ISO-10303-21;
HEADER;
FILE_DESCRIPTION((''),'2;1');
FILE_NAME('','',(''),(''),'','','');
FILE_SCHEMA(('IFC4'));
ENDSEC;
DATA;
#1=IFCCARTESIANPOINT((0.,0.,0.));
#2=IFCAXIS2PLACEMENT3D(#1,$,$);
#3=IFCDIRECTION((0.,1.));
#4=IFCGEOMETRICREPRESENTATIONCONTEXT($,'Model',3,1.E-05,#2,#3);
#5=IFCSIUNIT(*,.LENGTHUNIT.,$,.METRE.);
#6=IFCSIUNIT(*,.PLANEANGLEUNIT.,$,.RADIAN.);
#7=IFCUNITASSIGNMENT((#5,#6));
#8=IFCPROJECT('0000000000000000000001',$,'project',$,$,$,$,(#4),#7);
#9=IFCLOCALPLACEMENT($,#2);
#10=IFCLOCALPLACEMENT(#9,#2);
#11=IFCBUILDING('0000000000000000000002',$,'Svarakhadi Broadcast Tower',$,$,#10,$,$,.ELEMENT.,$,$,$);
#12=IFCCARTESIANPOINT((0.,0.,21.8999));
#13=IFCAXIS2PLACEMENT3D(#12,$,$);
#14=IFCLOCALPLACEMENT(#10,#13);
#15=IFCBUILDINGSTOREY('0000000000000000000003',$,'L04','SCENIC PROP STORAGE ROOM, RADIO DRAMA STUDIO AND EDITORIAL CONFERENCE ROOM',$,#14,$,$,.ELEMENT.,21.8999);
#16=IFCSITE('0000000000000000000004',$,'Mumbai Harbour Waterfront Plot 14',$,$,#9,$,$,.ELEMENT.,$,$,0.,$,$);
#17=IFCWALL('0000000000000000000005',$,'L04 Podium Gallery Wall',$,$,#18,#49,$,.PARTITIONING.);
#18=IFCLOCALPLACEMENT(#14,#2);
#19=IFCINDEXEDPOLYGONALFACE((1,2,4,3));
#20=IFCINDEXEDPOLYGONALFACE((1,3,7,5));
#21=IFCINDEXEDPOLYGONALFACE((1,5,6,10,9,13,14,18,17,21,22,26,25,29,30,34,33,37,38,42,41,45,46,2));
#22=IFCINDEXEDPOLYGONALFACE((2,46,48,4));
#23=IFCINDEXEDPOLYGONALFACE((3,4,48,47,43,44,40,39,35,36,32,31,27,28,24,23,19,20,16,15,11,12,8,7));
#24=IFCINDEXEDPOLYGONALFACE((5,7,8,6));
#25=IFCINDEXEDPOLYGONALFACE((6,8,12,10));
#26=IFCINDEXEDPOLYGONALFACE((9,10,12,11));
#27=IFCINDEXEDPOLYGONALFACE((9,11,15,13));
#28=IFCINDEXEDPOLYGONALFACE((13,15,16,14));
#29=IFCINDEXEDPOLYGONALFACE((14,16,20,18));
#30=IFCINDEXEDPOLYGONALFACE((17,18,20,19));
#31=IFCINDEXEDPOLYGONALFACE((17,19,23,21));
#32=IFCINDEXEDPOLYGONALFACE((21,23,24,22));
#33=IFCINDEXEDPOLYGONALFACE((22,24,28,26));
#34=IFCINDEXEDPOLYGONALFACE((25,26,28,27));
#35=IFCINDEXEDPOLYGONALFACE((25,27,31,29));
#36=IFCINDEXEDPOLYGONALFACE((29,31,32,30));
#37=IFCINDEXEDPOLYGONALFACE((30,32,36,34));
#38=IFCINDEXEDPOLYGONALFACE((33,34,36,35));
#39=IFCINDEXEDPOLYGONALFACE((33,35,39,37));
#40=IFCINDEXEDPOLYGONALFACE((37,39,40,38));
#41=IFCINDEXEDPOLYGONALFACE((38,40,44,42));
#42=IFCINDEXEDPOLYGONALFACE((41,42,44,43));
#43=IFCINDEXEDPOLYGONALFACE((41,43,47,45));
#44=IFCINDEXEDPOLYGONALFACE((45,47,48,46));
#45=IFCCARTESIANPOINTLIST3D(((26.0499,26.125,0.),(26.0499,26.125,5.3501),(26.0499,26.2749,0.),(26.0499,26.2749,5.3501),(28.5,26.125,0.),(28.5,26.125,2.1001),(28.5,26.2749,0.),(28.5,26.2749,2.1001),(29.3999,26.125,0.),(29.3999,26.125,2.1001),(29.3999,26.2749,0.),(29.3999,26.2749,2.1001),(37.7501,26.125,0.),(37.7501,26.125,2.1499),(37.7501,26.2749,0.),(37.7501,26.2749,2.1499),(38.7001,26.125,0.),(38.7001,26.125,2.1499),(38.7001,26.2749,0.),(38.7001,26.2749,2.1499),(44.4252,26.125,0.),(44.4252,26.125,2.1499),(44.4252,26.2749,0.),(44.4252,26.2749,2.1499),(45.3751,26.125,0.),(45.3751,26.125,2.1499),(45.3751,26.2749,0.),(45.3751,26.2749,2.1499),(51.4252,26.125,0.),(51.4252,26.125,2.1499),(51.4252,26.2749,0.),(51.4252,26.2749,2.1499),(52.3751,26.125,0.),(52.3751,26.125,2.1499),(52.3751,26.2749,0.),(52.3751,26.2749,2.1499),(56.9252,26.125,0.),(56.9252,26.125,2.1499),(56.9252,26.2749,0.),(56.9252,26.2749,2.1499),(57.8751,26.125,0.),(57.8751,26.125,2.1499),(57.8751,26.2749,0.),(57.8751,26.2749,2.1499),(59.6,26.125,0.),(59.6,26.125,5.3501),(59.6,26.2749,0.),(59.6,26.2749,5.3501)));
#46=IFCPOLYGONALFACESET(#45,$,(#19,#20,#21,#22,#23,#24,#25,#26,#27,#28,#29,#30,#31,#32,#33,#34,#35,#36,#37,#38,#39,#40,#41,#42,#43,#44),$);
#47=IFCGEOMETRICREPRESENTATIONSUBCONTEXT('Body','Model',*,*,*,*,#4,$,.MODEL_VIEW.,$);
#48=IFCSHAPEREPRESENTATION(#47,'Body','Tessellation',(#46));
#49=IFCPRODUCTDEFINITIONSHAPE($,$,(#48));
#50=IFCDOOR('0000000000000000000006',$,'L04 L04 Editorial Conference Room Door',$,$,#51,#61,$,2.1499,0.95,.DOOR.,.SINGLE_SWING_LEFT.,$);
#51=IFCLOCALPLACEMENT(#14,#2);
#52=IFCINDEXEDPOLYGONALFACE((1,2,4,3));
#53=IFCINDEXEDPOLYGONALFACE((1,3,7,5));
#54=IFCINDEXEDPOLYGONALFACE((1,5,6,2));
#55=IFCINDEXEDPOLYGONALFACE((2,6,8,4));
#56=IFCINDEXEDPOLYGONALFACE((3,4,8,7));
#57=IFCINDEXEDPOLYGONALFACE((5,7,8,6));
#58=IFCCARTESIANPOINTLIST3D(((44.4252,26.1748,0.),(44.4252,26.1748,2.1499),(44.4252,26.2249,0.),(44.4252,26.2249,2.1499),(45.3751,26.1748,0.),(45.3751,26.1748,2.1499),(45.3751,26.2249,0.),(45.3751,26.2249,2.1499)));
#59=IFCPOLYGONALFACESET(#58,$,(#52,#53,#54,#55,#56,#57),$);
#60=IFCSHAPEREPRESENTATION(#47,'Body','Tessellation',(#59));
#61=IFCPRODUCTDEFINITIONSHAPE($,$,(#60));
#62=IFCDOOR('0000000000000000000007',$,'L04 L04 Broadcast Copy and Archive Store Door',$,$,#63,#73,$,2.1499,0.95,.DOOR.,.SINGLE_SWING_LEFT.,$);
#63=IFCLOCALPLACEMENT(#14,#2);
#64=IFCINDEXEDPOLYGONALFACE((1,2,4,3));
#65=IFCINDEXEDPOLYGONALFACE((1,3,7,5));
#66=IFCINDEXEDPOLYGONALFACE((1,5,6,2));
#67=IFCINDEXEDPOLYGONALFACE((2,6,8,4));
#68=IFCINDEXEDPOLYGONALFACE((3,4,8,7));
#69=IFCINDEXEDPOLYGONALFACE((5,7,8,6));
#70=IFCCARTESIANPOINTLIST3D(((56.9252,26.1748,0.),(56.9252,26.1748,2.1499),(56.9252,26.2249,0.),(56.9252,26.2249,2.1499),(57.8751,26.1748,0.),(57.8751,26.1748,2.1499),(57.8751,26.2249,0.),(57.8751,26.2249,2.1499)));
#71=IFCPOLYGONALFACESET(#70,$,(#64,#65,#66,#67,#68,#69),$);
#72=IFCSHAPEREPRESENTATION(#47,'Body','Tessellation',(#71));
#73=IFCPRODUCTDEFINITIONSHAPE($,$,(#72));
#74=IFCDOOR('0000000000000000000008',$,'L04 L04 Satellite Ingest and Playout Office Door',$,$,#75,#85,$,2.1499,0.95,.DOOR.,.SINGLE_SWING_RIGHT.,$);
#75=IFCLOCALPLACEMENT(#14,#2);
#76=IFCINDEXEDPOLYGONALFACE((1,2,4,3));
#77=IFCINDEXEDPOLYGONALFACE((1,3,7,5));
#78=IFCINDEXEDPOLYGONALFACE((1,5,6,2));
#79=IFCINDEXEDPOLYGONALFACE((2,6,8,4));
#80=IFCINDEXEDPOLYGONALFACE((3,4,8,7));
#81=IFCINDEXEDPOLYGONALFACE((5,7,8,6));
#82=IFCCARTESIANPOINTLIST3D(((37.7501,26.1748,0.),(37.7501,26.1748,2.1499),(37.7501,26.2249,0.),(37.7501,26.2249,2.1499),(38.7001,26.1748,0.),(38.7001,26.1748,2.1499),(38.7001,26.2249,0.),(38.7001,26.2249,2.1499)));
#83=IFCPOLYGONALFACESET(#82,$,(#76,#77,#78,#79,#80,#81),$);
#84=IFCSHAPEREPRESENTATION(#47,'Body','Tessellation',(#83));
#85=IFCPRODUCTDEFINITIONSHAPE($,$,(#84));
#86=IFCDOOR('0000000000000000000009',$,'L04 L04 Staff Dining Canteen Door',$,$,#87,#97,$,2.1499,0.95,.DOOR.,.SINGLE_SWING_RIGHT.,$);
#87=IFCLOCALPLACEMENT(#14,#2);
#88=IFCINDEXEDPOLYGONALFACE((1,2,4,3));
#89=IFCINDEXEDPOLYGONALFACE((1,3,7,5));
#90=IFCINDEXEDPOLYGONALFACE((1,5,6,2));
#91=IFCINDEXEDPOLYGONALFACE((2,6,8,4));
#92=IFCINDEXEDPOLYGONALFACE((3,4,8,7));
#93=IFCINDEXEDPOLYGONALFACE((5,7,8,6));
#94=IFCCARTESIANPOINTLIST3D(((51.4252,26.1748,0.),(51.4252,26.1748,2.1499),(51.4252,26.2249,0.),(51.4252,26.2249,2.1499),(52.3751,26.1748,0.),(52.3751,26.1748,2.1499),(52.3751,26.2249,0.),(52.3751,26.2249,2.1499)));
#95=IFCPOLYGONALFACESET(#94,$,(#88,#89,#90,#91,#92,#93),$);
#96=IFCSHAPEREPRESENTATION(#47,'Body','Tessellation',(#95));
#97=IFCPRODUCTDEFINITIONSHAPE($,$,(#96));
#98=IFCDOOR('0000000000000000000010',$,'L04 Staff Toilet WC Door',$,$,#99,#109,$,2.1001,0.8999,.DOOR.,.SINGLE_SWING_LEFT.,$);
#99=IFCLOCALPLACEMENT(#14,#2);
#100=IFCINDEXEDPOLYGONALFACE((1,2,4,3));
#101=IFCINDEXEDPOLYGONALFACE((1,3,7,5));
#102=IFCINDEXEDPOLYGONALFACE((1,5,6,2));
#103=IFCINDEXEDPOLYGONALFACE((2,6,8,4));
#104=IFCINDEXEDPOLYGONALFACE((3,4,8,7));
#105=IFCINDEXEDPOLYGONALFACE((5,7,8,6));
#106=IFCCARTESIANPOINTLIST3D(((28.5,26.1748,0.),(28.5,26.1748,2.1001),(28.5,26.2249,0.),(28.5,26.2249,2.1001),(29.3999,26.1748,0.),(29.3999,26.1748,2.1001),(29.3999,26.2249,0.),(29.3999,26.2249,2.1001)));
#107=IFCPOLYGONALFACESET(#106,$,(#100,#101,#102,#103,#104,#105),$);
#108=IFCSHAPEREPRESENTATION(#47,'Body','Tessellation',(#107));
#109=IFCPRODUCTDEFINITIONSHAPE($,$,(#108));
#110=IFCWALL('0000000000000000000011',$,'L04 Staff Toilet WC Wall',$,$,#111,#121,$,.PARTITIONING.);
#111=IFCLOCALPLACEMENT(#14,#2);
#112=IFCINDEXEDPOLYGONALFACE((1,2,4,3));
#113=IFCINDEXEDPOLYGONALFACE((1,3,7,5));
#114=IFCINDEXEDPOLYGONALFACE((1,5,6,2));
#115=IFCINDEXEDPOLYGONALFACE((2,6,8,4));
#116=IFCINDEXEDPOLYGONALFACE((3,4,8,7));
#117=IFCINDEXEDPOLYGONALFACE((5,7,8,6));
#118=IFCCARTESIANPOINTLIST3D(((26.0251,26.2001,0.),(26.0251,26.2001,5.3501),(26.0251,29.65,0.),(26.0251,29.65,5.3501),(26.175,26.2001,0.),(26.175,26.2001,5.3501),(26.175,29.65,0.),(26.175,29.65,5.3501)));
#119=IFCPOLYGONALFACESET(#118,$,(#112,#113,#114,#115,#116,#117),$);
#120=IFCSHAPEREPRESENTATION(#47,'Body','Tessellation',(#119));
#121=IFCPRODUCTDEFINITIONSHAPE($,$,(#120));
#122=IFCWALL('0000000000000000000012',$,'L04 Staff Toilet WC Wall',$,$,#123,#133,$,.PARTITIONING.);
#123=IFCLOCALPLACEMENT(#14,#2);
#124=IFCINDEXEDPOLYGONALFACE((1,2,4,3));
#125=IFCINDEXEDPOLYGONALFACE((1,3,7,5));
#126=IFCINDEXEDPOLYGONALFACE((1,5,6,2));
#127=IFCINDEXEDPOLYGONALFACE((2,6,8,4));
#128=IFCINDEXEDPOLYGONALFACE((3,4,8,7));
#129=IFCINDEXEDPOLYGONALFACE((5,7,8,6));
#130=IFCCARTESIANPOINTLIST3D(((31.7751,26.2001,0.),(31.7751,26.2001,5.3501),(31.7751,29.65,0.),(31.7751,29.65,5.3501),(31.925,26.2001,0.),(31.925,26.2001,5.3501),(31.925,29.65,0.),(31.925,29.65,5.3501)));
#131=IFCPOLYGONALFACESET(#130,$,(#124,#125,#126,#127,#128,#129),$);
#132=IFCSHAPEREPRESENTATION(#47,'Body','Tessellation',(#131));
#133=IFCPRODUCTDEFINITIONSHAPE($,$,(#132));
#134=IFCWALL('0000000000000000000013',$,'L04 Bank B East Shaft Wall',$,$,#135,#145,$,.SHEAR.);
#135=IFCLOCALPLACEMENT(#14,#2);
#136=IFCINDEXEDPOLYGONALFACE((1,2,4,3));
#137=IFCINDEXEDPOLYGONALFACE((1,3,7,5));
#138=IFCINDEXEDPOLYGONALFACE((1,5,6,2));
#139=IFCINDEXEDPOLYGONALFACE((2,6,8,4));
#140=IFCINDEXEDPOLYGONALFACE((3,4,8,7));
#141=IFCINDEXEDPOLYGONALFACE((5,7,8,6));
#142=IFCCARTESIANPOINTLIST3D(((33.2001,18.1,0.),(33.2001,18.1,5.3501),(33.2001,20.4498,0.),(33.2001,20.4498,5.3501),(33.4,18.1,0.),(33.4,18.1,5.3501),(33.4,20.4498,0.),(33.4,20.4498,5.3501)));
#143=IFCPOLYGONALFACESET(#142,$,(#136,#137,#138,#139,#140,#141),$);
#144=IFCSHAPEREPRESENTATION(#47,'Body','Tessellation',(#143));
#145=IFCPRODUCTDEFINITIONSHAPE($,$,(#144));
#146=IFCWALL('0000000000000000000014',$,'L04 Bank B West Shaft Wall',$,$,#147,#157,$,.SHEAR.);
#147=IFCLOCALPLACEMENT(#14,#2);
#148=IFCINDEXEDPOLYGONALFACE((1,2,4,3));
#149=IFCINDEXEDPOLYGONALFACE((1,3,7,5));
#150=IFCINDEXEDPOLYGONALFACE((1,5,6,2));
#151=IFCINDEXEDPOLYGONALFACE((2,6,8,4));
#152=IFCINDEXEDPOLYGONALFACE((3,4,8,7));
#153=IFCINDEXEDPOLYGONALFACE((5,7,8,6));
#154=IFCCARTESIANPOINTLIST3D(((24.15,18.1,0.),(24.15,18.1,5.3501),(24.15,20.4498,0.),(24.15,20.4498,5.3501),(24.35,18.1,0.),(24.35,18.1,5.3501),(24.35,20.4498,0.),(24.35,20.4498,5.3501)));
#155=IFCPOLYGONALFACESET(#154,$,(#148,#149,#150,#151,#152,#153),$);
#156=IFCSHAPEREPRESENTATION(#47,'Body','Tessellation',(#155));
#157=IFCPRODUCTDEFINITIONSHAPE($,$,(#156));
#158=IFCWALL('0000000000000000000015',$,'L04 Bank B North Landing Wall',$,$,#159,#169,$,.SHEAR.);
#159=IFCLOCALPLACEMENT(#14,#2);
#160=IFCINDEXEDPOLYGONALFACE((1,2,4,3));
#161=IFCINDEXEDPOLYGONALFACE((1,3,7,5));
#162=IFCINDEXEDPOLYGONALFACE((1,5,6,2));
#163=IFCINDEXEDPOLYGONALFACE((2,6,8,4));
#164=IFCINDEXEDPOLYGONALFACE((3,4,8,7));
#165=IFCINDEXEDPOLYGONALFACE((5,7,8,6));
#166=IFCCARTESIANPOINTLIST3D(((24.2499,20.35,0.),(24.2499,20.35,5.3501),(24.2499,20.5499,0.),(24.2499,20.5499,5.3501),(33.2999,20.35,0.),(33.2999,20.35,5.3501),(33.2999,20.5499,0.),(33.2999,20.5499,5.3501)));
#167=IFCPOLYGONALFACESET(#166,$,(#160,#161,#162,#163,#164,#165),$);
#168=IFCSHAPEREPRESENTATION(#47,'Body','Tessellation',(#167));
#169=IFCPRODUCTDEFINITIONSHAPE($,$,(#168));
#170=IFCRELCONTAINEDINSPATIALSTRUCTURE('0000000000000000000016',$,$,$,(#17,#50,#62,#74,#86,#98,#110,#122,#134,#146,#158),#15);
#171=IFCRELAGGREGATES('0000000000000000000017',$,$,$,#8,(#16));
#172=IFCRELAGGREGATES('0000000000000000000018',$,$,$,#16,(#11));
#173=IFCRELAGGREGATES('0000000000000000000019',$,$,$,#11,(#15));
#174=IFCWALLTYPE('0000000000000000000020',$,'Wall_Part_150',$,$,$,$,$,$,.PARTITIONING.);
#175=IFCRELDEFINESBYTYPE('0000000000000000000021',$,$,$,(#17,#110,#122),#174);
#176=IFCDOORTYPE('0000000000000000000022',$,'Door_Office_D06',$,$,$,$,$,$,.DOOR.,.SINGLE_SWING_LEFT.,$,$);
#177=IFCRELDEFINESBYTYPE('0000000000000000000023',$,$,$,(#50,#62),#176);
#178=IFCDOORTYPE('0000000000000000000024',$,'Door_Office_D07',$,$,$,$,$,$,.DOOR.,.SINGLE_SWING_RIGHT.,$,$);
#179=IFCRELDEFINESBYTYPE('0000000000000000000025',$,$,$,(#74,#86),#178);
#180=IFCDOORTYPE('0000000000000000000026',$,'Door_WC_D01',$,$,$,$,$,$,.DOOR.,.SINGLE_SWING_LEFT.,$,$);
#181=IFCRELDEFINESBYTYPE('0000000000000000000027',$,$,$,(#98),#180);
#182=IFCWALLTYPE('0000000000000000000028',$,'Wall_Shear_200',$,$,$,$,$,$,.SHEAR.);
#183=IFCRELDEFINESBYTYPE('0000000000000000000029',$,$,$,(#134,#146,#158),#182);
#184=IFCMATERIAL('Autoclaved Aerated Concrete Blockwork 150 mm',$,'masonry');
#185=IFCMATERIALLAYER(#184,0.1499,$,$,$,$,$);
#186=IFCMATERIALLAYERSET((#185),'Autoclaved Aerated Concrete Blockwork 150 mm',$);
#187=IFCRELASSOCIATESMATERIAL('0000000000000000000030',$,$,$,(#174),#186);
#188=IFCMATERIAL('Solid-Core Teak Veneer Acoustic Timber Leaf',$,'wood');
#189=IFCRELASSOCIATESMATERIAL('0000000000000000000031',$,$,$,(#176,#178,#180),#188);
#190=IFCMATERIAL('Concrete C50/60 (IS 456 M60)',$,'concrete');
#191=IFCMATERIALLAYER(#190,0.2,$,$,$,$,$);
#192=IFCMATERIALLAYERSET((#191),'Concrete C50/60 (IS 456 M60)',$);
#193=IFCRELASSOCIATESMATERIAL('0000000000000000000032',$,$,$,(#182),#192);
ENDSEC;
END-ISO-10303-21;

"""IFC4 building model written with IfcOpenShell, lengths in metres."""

from ifc_helpers import new_model, si_unit, direction, frame, frame_2d, origin, place, context, subcontext, project, spatial, rectangle, extrude, material, layer, layer_set, type_object, element, fill, save


model = new_model("IFC4")

# Units and contexts
model_context = context("Model", 3, precision=1e-05, world=origin(), true_north=direction((0.0, 1.0)))
body_context = subcontext(model_context, "Body", "Model", "MODEL_VIEW")
ifc_project = project(units=[si_unit("LENGTHUNIT", "METRE"), si_unit("PLANEANGLEUNIT", "RADIAN")], contexts=[model_context])

# Site, building, storey
site_placement = place(None, origin())
site = spatial("IfcSite", under=ifc_project, at=site_placement, Name="Mumbai Harbour Waterfront Plot 14", CompositionType="ELEMENT", RefElevation=0.0)
building_placement = place(site_placement, origin())
building = spatial("IfcBuilding", under=site, at=building_placement, Name="Svarakhadi Broadcast Tower", CompositionType="ELEMENT")
storey_placement = place(building_placement, frame((0.0, 0.0, 21.8999)))
storey = spatial("IfcBuildingStorey", under=building, at=storey_placement, Name="L04", Description="SCENIC PROP STORAGE ROOM, RADIO DRAMA STUDIO AND EDITORIAL CONFERENCE ROOM", CompositionType="ELEMENT", Elevation=21.8999)

# Wall, openings, doors
ifc_material_1 = material(Name="Autoclaved Aerated Concrete Blockwork 150 mm", Category="masonry")
ifc_layer_1 = layer(ifc_material_1, 0.1499)
ifc_layer_set_1 = layer_set([ifc_layer_1], Name="Autoclaved Aerated Concrete Blockwork 150 mm")
wall_type_1 = type_object("IfcWallType", Name="Wall_Part_150", PredefinedType="PARTITIONING", material=ifc_layer_set_1)
wall_1_placement = place(storey_placement, frame((26.05, 26.2, 0.0), z_axis=(0.0, 0.0, 1.0), x_axis=(1.0, 0.0, 0.0)))
wall_1 = element("IfcWall", 1, at=wall_1_placement, inside=storey, type_object=wall_type_1, Name="L04 Podium Gallery Wall", PredefinedType="PARTITIONING", context=body_context, shape_type="SweptSolid", body=[
    extrude(rectangle(XDim=33.55, YDim=0.1499, at=frame_2d((16.7749, 0.0))), origin(), (0.0, 0.0, 1.0), 5.3501),
])
opening_1_placement = place(wall_1_placement, frame((2.45, 0.0, 0.0)))
opening_1 = element("IfcOpeningElement", 2, at=opening_1_placement, cuts=wall_1, PredefinedType="OPENING", context=body_context, shape_type="SweptSolid", body=[
    extrude(rectangle(XDim=0.8999, YDim=2.1001, at=frame_2d((0.45, 1.05))), frame((0.0, 0.085, 0.0), z_axis=(0.0, -1.0, 0.0), x_axis=(1.0, 0.0, 0.0)), (0.0, 0.0, 1.0), 0.1699),
])
opening_2_placement = place(wall_1_placement, frame((11.7, 0.0, 0.0)))
opening_2 = element("IfcOpeningElement", 3, at=opening_2_placement, cuts=wall_1, PredefinedType="OPENING", context=body_context, shape_type="SweptSolid", body=[
    extrude(rectangle(XDim=0.95, YDim=2.1499, at=frame_2d((0.4751, 1.075))), frame((0.0, 0.085, 0.0), z_axis=(0.0, -1.0, 0.0), x_axis=(1.0, 0.0, 0.0)), (0.0, 0.0, 1.0), 0.1699),
])
opening_3_placement = place(wall_1_placement, frame((18.375, 0.0, 0.0)))
opening_3 = element("IfcOpeningElement", 4, at=opening_3_placement, cuts=wall_1, PredefinedType="OPENING", context=body_context, shape_type="SweptSolid", body=[
    extrude(rectangle(XDim=0.95, YDim=2.1499, at=frame_2d((0.4751, 1.075))), frame((0.0, 0.085, 0.0), z_axis=(0.0, -1.0, 0.0), x_axis=(1.0, 0.0, 0.0)), (0.0, 0.0, 1.0), 0.1699),
])
opening_4_placement = place(wall_1_placement, frame((25.375, 0.0, 0.0)))
opening_4 = element("IfcOpeningElement", 5, at=opening_4_placement, cuts=wall_1, PredefinedType="OPENING", context=body_context, shape_type="SweptSolid", body=[
    extrude(rectangle(XDim=0.95, YDim=2.1499, at=frame_2d((0.4751, 1.075))), frame((0.0, 0.085, 0.0), z_axis=(0.0, -1.0, 0.0), x_axis=(1.0, 0.0, 0.0)), (0.0, 0.0, 1.0), 0.1699),
])
opening_5_placement = place(wall_1_placement, frame((30.875, 0.0, 0.0)))
opening_5 = element("IfcOpeningElement", 6, at=opening_5_placement, cuts=wall_1, PredefinedType="OPENING", context=body_context, shape_type="SweptSolid", body=[
    extrude(rectangle(XDim=0.95, YDim=2.1499, at=frame_2d((0.4751, 1.075))), frame((0.0, 0.085, 0.0), z_axis=(0.0, -1.0, 0.0), x_axis=(1.0, 0.0, 0.0)), (0.0, 0.0, 1.0), 0.1699),
])
ifc_material_2 = material(Name="Solid-Core Teak Veneer Acoustic Timber Leaf", Category="wood")
door_type_1 = type_object("IfcDoorType", Name="Door_Office_D06", OperationType="SINGLE_SWING_LEFT", PredefinedType="DOOR", material=ifc_material_2)
door_1_placement = place(opening_3_placement, origin())
door_1 = element("IfcDoor", 7, at=door_1_placement, inside=storey, type_object=door_type_1, Name="L04 L04 Editorial Conference Room Door", OperationType="SINGLE_SWING_LEFT", OverallHeight=2.1499, OverallWidth=0.95, PredefinedType="DOOR", context=body_context, shape_type="SweptSolid", body=[
    extrude(rectangle(XDim=0.95, YDim=2.1499, at=frame_2d((0.4751, 1.075))), frame((0.0, 0.0249, 0.0), z_axis=(0.0, -1.0, 0.0), x_axis=(1.0, 0.0, 0.0)), (0.0, 0.0, 1.0), 0.05),
])
fill(opening_3, door_1)
door_2_placement = place(opening_5_placement, origin())
door_2 = element("IfcDoor", 8, at=door_2_placement, inside=storey, type_object=door_type_1, Name="L04 L04 Broadcast Copy and Archive Store Door", OperationType="SINGLE_SWING_LEFT", OverallHeight=2.1499, OverallWidth=0.95, PredefinedType="DOOR", context=body_context, shape_type="SweptSolid", body=[
    extrude(rectangle(XDim=0.95, YDim=2.1499, at=frame_2d((0.4751, 1.075))), frame((0.0, 0.0249, 0.0), z_axis=(0.0, -1.0, 0.0), x_axis=(1.0, 0.0, 0.0)), (0.0, 0.0, 1.0), 0.05),
])
fill(opening_5, door_2)
door_type_2 = type_object("IfcDoorType", Name="Door_Office_D07", OperationType="SINGLE_SWING_RIGHT", PredefinedType="DOOR", material=ifc_material_2)
door_3_placement = place(opening_2_placement, origin())
door_3 = element("IfcDoor", 9, at=door_3_placement, inside=storey, type_object=door_type_2, Name="L04 L04 Satellite Ingest and Playout Office Door", OperationType="SINGLE_SWING_RIGHT", OverallHeight=2.1499, OverallWidth=0.95, PredefinedType="DOOR", context=body_context, shape_type="SweptSolid", body=[
    extrude(rectangle(XDim=0.95, YDim=2.1499, at=frame_2d((0.4751, 1.075))), frame((0.0, 0.0249, 0.0), z_axis=(0.0, -1.0, 0.0), x_axis=(1.0, 0.0, 0.0)), (0.0, 0.0, 1.0), 0.05),
])
fill(opening_2, door_3)
door_4_placement = place(opening_4_placement, origin())
door_4 = element("IfcDoor", 10, at=door_4_placement, inside=storey, type_object=door_type_2, Name="L04 L04 Staff Dining Canteen Door", OperationType="SINGLE_SWING_RIGHT", OverallHeight=2.1499, OverallWidth=0.95, PredefinedType="DOOR", context=body_context, shape_type="SweptSolid", body=[
    extrude(rectangle(XDim=0.95, YDim=2.1499, at=frame_2d((0.4751, 1.075))), frame((0.0, 0.0249, 0.0), z_axis=(0.0, -1.0, 0.0), x_axis=(1.0, 0.0, 0.0)), (0.0, 0.0, 1.0), 0.05),
])
fill(opening_4, door_4)
door_type_3 = type_object("IfcDoorType", Name="Door_WC_D01", OperationType="SINGLE_SWING_LEFT", PredefinedType="DOOR", material=ifc_material_2)
door_5_placement = place(opening_1_placement, origin())
door_5 = element("IfcDoor", 11, at=door_5_placement, inside=storey, type_object=door_type_3, Name="L04 Staff Toilet WC Door", OperationType="SINGLE_SWING_LEFT", OverallHeight=2.1001, OverallWidth=0.8999, PredefinedType="DOOR", context=body_context, shape_type="SweptSolid", body=[
    extrude(rectangle(XDim=0.8999, YDim=2.1001, at=frame_2d((0.45, 1.05))), frame((0.0, 0.0249, 0.0), z_axis=(0.0, -1.0, 0.0), x_axis=(1.0, 0.0, 0.0)), (0.0, 0.0, 1.0), 0.05),
])
fill(opening_1, door_5)

# Walls
for number, where, z_axis, x_axis, name in (
    (12, (26.1001, 26.2, 0.0), (0.0, 0.0, 1.0), (0.0, 1.0, 0.0), "L04 Staff Toilet WC Wall"),
    (13, (31.8501, 26.2, 0.0), (0.0, 0.0, 1.0), (0.0, 1.0, 0.0), "L04 Staff Toilet WC Wall"),
):
    element("IfcWall", number, at=place(storey_placement, frame(where, z_axis=z_axis, x_axis=x_axis)), inside=storey, type_object=wall_type_1, Name=name, PredefinedType="PARTITIONING", context=body_context, shape_type="SweptSolid", body=[
        extrude(rectangle(XDim=3.45, YDim=0.1499, at=frame_2d((1.7251, 0.0))), origin(), (0.0, 0.0, 1.0), 5.3501),
    ])
ifc_material_3 = material(Name="Concrete C50/60 (IS 456 M60)", Category="concrete")
ifc_layer_2 = layer(ifc_material_3, 0.2)
ifc_layer_set_2 = layer_set([ifc_layer_2], Name="Concrete C50/60 (IS 456 M60)")
wall_type_2 = type_object("IfcWallType", Name="Wall_Shear_200", PredefinedType="SHEAR", material=ifc_layer_set_2)
for number, where, z_axis, x_axis, name in (
    (14, (33.3, 18.1001, 0.0), (0.0, 0.0, 1.0), (0.0, 1.0, 0.0), "L04 Bank B East Shaft Wall"),
    (15, (24.25, 18.1001, 0.0), (0.0, 0.0, 1.0), (0.0, 1.0, 0.0), "L04 Bank B West Shaft Wall"),
):
    element("IfcWall", number, at=place(storey_placement, frame(where, z_axis=z_axis, x_axis=x_axis)), inside=storey, type_object=wall_type_2, Name=name, PredefinedType="SHEAR", context=body_context, shape_type="SweptSolid", body=[
        extrude(rectangle(XDim=2.3499, YDim=0.2, at=frame_2d((1.1748, 0.0))), origin(), (0.0, 0.0, 1.0), 5.3501),
    ])
wall_2_placement = place(storey_placement, frame((24.25, 20.45, 0.0), z_axis=(0.0, 0.0, 1.0), x_axis=(1.0, 0.0, 0.0)))
element("IfcWall", 16, at=wall_2_placement, inside=storey, type_object=wall_type_2, Name="L04 Bank B North Landing Wall", PredefinedType="SHEAR", context=body_context, shape_type="SweptSolid", body=[
    extrude(rectangle(XDim=9.05, YDim=0.2, at=frame_2d((4.5249, 0.0))), origin(), (0.0, 0.0, 1.0), 5.3501),
])

save(model, "model.ifc")
